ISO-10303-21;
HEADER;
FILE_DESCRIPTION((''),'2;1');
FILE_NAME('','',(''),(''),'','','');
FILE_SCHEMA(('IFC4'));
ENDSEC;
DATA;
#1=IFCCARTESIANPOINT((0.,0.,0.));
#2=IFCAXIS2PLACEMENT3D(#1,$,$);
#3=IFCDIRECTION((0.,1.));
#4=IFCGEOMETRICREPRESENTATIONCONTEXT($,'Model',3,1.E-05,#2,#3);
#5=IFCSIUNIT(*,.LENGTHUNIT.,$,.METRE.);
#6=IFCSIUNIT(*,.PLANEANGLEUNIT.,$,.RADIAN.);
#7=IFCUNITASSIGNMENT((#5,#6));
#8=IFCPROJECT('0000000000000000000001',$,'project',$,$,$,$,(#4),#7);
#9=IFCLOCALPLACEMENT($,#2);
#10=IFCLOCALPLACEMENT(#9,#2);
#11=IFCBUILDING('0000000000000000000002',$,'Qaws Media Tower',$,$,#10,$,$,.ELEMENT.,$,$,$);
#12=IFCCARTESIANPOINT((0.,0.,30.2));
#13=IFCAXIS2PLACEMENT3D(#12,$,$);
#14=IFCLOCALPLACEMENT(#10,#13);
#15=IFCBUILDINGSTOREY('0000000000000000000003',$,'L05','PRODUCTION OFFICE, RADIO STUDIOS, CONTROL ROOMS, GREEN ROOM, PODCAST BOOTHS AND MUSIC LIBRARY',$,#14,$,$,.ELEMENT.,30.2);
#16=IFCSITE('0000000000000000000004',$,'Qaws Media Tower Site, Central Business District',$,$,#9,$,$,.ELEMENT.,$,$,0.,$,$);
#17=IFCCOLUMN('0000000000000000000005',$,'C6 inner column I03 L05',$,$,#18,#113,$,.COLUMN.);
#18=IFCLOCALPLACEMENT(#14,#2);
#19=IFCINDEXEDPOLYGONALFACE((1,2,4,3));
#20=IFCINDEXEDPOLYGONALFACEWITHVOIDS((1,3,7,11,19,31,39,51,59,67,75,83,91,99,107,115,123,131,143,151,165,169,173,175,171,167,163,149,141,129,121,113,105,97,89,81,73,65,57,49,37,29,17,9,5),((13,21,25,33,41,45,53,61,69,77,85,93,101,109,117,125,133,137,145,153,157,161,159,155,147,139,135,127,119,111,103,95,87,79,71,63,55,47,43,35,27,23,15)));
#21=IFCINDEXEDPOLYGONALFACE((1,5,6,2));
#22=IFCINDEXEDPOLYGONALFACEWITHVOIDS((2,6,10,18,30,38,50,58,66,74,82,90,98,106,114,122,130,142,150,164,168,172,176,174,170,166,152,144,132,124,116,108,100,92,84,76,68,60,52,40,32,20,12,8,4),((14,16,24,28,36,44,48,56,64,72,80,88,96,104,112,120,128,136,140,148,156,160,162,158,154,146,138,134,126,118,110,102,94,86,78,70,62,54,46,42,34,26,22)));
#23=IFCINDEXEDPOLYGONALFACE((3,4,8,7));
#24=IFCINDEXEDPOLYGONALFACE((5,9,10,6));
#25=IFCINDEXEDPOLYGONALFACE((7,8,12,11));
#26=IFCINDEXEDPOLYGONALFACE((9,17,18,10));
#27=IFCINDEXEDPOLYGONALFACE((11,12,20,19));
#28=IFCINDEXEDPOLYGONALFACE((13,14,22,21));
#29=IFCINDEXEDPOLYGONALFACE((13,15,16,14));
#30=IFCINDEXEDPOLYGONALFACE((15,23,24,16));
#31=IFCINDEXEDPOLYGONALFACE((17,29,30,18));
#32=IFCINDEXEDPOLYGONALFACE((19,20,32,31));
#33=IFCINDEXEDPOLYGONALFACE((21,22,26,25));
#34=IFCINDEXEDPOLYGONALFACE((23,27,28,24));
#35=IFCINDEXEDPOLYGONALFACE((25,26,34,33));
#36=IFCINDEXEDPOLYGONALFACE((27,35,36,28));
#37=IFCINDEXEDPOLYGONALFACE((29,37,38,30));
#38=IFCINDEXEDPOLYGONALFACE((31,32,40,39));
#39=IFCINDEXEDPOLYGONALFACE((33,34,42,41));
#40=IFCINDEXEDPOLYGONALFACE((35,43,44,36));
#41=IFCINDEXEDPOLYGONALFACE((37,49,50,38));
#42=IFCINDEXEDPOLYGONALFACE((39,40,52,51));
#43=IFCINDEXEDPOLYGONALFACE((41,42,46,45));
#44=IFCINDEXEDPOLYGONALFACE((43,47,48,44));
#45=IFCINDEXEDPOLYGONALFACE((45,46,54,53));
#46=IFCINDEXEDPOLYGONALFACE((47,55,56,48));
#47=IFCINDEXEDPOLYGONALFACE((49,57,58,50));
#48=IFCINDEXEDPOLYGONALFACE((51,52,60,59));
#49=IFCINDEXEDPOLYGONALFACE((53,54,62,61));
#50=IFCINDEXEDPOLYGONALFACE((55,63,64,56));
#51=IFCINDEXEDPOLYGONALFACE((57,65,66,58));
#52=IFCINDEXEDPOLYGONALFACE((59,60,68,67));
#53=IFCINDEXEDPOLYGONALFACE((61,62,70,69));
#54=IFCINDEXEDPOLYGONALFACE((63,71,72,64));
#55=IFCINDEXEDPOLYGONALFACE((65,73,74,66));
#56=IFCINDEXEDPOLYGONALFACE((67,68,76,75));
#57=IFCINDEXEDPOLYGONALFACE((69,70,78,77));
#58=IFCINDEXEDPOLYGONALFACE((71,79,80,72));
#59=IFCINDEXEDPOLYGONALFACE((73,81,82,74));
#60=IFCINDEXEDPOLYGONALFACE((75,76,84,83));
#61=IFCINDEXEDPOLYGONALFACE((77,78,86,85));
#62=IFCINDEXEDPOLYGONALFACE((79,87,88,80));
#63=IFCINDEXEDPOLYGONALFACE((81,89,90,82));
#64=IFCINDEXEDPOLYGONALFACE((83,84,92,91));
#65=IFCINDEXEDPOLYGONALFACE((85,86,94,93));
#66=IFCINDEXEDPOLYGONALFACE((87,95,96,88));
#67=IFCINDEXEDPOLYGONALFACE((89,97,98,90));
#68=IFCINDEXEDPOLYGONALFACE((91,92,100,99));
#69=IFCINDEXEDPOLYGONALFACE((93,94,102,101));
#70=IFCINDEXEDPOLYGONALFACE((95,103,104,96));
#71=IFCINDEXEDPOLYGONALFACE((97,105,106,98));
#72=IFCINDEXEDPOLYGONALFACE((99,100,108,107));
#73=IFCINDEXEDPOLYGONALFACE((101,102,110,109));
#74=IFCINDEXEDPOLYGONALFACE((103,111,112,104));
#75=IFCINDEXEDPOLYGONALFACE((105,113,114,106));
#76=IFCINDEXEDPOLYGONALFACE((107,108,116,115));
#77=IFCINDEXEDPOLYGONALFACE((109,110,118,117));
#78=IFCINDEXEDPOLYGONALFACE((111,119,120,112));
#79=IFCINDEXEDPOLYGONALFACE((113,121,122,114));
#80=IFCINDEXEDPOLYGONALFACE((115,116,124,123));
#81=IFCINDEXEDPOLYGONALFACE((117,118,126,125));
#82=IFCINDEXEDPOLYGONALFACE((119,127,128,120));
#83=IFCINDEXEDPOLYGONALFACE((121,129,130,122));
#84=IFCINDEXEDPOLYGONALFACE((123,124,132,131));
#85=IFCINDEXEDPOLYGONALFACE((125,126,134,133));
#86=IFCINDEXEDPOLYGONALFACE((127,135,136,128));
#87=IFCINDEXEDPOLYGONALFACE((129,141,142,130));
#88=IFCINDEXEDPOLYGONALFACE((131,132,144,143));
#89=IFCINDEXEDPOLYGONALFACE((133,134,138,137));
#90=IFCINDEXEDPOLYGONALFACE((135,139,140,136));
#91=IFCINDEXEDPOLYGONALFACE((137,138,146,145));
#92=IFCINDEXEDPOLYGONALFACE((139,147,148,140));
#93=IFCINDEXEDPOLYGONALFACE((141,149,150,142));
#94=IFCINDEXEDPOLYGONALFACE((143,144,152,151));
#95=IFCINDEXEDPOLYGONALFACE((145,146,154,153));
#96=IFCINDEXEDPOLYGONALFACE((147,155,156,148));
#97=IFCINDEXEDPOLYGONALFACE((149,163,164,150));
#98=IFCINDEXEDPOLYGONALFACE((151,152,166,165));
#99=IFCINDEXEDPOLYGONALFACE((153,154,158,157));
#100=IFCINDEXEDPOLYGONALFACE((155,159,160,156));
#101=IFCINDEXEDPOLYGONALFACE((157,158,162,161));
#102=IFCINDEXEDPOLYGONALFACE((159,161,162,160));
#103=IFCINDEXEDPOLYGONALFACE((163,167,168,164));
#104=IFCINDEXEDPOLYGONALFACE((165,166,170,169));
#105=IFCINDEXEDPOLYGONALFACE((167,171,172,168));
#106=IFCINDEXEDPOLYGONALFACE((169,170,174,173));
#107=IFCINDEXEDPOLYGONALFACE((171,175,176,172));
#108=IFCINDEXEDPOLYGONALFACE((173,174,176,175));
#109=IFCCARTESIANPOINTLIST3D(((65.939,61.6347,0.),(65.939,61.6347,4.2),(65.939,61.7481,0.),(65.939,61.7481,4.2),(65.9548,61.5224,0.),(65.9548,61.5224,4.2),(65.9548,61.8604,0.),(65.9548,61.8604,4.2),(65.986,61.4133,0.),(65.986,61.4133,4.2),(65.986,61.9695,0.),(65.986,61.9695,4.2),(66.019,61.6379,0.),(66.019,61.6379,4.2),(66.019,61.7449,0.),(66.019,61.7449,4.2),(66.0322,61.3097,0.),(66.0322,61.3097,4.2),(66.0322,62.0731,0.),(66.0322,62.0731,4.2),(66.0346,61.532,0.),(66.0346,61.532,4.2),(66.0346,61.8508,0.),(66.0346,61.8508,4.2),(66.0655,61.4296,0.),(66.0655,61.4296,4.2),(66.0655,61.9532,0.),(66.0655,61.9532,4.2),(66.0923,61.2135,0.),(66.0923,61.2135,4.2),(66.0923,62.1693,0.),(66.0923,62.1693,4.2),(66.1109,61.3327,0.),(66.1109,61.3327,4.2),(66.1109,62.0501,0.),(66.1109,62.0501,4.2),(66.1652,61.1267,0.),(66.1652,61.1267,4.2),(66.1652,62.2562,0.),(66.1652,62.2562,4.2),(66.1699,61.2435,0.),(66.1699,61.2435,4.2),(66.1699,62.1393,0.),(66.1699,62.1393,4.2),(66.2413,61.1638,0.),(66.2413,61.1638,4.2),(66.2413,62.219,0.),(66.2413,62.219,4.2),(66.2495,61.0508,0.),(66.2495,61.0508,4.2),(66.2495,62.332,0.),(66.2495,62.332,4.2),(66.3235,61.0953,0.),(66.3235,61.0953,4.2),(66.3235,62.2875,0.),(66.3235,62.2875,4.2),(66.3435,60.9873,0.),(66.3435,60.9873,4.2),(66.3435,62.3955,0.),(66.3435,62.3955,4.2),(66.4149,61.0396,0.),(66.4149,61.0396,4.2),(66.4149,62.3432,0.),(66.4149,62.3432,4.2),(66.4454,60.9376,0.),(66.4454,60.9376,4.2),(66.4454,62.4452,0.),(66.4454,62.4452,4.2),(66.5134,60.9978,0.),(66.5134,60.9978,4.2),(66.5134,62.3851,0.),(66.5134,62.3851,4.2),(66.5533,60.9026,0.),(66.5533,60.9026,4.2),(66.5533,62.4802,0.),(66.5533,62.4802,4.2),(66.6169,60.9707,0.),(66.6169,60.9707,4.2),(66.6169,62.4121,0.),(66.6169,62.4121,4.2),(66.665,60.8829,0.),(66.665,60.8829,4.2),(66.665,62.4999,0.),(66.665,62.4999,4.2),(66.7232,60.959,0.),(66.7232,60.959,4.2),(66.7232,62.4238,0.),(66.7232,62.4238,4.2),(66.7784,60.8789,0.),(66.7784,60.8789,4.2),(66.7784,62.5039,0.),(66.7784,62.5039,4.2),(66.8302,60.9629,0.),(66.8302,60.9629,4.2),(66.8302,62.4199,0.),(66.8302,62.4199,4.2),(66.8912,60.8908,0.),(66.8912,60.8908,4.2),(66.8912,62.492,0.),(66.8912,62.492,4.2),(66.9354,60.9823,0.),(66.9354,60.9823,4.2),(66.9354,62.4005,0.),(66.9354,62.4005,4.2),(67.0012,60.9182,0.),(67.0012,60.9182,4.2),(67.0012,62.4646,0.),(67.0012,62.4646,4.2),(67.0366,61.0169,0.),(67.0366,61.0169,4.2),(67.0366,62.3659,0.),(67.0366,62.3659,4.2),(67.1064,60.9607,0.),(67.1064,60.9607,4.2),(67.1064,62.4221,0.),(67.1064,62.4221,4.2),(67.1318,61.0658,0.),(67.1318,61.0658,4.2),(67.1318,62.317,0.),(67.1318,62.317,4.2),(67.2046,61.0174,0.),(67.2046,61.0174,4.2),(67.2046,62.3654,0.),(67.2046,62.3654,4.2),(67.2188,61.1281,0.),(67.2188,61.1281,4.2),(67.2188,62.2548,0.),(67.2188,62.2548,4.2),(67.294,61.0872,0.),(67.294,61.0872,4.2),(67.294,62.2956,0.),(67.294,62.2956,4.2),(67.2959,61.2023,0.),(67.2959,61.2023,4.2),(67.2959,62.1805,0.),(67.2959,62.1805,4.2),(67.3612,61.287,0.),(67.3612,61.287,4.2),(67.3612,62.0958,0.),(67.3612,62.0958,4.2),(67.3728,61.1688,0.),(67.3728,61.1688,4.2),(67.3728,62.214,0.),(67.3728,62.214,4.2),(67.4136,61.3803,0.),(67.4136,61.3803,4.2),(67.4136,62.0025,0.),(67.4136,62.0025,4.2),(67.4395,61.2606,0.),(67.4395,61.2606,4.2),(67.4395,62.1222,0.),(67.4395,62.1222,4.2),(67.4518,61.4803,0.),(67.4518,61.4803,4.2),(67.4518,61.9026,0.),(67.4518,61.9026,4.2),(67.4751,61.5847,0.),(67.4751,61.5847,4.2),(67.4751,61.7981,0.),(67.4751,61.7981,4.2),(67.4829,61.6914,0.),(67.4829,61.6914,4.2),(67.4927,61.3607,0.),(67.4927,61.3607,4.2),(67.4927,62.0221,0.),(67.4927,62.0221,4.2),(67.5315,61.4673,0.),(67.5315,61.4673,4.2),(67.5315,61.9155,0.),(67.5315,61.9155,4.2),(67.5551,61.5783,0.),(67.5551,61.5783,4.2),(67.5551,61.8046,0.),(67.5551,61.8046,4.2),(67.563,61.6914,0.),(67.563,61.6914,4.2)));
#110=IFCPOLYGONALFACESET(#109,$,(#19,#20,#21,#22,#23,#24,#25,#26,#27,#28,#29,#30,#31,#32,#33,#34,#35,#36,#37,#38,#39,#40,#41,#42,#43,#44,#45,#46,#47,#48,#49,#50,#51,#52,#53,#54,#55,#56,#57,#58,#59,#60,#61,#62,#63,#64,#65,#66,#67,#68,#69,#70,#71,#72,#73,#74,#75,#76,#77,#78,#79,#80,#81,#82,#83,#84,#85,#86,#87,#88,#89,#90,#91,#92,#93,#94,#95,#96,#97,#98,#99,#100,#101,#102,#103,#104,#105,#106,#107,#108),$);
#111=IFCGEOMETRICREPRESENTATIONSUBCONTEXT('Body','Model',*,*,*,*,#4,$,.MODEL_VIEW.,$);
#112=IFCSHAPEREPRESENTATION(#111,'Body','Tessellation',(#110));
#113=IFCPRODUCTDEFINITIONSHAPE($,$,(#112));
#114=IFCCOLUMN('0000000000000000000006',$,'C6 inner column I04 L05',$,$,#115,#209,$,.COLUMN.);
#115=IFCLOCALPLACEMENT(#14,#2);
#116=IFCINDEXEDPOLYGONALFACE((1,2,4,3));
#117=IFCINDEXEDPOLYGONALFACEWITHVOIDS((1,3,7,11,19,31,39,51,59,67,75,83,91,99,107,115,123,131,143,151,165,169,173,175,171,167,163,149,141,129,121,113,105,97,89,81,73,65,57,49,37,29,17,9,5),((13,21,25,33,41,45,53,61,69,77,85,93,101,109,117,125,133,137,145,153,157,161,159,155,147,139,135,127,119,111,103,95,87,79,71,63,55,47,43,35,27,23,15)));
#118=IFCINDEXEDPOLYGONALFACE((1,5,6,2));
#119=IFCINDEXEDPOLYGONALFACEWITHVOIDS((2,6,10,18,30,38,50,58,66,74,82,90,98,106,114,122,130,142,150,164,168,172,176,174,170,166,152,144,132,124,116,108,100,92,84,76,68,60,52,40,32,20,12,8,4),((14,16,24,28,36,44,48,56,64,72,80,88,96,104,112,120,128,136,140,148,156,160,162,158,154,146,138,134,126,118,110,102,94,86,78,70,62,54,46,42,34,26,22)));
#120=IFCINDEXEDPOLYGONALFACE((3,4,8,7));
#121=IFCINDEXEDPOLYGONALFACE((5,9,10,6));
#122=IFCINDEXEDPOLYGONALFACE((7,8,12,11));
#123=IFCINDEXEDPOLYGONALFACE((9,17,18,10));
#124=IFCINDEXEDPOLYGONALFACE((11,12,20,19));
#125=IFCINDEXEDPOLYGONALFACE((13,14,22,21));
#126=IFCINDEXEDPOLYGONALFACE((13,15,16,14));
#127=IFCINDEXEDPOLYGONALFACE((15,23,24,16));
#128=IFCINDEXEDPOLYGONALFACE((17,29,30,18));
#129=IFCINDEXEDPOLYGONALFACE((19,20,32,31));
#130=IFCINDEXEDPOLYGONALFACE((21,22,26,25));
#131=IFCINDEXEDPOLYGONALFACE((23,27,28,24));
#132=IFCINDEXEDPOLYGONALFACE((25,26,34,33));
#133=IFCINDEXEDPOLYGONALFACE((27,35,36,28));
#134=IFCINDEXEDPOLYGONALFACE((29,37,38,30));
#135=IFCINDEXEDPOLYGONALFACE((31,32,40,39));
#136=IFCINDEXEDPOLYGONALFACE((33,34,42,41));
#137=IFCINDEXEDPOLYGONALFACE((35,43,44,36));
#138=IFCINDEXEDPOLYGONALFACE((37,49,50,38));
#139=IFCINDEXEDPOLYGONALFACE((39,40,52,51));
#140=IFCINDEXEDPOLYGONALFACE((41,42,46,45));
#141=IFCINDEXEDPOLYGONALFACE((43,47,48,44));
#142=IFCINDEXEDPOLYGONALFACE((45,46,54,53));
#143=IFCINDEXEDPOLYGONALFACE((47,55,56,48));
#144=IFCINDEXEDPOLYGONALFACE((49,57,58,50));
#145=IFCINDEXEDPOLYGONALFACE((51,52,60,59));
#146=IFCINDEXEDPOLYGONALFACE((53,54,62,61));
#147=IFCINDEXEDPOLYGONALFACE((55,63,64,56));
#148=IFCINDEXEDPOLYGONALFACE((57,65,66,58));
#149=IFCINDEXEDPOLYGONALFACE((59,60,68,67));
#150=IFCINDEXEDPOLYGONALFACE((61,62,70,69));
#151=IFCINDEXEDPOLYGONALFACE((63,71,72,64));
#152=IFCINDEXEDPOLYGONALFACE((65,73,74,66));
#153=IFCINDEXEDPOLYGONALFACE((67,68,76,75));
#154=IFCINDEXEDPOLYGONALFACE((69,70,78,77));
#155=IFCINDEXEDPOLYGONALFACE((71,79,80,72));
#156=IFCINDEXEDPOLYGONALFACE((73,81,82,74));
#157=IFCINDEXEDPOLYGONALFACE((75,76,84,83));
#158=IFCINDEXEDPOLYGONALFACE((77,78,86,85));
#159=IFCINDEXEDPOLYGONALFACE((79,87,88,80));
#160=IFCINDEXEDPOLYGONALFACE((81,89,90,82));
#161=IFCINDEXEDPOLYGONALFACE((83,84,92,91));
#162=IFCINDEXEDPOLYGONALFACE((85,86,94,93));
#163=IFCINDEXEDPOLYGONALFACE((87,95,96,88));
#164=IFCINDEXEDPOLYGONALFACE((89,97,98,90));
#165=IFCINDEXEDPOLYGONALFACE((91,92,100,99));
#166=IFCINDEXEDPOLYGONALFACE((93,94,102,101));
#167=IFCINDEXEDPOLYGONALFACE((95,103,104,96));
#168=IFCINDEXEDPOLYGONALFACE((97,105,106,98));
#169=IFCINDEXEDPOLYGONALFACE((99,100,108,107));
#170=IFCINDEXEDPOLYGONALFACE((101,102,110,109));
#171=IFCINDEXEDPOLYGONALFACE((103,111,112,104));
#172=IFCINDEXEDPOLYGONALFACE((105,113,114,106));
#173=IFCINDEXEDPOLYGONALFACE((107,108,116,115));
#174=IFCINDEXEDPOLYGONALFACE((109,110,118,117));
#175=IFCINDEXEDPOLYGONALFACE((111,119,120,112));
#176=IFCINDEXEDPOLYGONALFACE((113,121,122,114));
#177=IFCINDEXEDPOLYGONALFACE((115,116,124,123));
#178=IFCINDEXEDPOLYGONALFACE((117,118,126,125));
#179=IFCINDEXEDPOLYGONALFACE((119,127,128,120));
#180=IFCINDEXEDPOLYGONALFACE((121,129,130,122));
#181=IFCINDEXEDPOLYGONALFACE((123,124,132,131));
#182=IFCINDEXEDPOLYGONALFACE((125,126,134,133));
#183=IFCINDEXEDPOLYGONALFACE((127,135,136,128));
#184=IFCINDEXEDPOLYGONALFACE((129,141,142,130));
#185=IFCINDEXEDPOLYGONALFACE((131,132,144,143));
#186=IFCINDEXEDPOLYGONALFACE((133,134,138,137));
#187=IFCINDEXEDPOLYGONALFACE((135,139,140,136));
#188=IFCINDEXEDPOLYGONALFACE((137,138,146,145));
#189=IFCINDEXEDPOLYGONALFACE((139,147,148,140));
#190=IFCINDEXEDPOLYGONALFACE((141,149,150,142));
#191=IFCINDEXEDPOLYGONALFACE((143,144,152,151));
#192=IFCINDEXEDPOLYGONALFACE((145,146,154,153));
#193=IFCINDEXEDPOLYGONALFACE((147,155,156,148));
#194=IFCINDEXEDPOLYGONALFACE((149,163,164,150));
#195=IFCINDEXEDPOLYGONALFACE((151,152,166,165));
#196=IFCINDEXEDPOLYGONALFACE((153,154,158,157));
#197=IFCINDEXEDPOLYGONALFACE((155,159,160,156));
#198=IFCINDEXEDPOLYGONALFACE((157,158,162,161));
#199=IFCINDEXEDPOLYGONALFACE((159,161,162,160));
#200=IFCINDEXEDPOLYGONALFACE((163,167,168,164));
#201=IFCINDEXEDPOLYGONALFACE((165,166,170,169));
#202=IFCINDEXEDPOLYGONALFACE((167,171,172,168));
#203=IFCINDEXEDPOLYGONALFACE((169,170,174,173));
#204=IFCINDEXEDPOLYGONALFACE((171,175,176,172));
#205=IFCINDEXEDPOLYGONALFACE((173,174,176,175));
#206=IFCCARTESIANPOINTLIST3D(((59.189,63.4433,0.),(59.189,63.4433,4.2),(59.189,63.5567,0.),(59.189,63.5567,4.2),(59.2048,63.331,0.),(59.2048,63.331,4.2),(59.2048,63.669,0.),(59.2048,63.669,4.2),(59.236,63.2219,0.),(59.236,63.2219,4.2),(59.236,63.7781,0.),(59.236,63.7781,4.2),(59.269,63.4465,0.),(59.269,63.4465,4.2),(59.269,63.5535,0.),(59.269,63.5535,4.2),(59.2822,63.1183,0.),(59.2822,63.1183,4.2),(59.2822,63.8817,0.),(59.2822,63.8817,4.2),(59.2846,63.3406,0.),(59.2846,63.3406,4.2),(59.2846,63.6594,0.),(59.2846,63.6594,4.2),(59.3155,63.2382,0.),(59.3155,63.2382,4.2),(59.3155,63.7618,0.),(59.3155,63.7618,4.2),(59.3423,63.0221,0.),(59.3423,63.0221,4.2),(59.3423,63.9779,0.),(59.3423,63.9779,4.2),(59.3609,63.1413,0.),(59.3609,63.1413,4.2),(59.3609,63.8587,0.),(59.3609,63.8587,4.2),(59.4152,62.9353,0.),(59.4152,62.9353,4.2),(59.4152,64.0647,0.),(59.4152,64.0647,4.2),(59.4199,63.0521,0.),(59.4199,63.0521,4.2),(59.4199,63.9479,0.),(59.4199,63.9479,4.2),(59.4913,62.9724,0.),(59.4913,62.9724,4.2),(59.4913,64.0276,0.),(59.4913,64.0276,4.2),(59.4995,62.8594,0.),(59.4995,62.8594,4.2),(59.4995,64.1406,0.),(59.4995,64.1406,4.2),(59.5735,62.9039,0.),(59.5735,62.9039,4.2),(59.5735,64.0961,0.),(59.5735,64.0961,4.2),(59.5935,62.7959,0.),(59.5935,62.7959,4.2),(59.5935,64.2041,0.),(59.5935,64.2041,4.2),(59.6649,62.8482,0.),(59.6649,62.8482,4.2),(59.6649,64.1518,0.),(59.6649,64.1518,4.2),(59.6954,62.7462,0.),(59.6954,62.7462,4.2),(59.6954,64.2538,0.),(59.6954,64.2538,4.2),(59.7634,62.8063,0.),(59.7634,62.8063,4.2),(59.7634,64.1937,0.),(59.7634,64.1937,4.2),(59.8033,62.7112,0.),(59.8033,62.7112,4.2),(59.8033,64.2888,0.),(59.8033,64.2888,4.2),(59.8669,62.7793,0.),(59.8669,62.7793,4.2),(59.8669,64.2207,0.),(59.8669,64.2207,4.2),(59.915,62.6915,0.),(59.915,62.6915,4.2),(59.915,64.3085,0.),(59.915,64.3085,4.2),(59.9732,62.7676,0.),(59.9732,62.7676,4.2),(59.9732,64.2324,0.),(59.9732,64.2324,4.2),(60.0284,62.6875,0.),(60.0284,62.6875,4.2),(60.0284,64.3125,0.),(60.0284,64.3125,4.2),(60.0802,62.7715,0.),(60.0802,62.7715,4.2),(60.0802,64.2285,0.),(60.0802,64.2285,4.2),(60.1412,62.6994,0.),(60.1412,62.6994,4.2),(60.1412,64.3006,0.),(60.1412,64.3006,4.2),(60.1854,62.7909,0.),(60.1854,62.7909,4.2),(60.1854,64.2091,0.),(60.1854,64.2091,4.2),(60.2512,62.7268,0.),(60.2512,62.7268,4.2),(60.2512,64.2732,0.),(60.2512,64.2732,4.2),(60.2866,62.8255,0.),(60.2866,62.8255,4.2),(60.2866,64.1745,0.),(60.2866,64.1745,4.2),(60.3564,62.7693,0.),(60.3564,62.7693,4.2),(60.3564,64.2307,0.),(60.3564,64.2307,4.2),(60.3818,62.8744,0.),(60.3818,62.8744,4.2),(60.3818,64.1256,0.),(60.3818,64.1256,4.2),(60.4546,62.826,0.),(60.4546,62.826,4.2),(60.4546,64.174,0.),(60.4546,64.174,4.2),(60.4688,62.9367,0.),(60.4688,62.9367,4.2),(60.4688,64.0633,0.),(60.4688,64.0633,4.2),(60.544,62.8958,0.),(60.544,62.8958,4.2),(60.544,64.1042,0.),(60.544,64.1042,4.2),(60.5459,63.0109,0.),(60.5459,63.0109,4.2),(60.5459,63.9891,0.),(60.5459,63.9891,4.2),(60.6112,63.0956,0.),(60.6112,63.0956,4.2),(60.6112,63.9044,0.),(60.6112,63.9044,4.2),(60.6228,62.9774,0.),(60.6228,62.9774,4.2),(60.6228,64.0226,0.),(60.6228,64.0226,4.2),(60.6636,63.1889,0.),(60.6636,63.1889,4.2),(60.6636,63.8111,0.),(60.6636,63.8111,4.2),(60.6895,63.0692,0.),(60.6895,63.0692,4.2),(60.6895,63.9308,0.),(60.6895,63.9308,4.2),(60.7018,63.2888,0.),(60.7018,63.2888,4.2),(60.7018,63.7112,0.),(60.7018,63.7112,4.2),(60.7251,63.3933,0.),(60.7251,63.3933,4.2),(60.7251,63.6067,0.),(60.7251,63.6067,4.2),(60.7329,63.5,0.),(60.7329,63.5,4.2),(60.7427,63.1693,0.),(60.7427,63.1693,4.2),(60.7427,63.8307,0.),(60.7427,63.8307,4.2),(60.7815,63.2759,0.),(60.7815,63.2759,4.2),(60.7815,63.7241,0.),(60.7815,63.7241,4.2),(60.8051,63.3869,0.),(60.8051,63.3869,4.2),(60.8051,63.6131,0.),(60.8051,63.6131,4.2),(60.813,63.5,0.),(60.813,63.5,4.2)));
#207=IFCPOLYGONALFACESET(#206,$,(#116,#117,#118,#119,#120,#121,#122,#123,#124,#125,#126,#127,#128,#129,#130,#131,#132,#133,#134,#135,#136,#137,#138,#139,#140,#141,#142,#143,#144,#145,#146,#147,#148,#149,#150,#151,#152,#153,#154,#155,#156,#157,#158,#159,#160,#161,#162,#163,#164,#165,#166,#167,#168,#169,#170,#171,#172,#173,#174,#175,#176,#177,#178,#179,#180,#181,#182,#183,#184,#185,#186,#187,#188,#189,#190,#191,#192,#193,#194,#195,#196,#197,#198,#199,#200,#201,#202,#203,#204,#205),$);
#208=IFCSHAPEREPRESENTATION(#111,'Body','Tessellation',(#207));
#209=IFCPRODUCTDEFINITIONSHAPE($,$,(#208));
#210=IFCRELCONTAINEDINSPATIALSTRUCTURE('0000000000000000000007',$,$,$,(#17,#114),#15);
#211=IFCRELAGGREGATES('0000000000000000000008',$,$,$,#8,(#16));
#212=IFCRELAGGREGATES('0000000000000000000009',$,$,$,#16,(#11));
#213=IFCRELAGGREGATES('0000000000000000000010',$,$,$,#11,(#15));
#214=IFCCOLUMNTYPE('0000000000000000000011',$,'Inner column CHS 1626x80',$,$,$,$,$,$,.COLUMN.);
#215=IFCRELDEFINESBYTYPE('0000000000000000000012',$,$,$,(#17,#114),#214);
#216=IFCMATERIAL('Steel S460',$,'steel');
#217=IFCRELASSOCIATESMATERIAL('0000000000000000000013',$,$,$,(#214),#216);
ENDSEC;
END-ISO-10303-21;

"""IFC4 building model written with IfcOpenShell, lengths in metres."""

from ifc_helpers import new_model, si_unit, direction, frame, origin, origin_2d, place, context, subcontext, project, spatial, hollow_circle, extrude, material, material_profile, profile_set, type_object, element, save


model = new_model("IFC4")

# Units and contexts
model_context = context("Model", 3, precision=1e-05, world=origin(), true_north=direction((0.0, 1.0)))
body_context = subcontext(model_context, "Body", "Model", "MODEL_VIEW")
ifc_project = project(units=[si_unit("LENGTHUNIT", "METRE"), si_unit("PLANEANGLEUNIT", "RADIAN")], contexts=[model_context])

# Site, building, storey
site_placement = place(None, origin())
site = spatial("IfcSite", under=ifc_project, at=site_placement, Name="Qaws Media Tower Site, Central Business District", CompositionType="ELEMENT", RefElevation=0.0)
building_placement = place(site_placement, origin())
building = spatial("IfcBuilding", under=site, at=building_placement, Name="Qaws Media Tower", CompositionType="ELEMENT")
storey_placement = place(building_placement, frame((0.0, 0.0, 30.2)))
storey = spatial("IfcBuildingStorey", under=building, at=storey_placement, Name="L05", Description="PRODUCTION OFFICE, RADIO STUDIOS, CONTROL ROOMS, GREEN ROOM, PODCAST BOOTHS AND MUSIC LIBRARY", CompositionType="ELEMENT", Elevation=30.2)

# Columns
ifc_material_1 = material(Name="Steel S460", Category="steel")
ifc_material_profile_1 = material_profile(ifc_material_1, hollow_circle(Radius=0.813, WallThickness=0.0801, at=origin_2d()), Name="CHS 1626x80")
ifc_profile_set_1 = profile_set([ifc_material_profile_1], Name="Steel S460")
column_type = type_object("IfcColumnType", Name="Inner column CHS 1626x80", PredefinedType="COLUMN", material=ifc_profile_set_1)
for number, where, z_axis, x_axis, name in (
    (1, (66.75, 61.6914, 0.0), (0.0, 0.0, 1.0), (1.0, 0.0, 0.0), "C6 inner column I03 L05"),
    (2, (60.0, 63.5, 0.0), (0.0, 0.0, 1.0), (1.0, 0.0, 0.0), "C6 inner column I04 L05"),
):
    element("IfcColumn", number, at=place(storey_placement, frame(where, z_axis=z_axis, x_axis=x_axis)), inside=storey, type_object=column_type, Name=name, PredefinedType="COLUMN", context=body_context, shape_type="SweptSolid", body=[
        extrude(hollow_circle(Radius=0.813, WallThickness=0.0801, at=origin_2d()), origin(), (0.0, 0.0, 1.0), 4.2),
    ])

save(model, "model.ifc")
